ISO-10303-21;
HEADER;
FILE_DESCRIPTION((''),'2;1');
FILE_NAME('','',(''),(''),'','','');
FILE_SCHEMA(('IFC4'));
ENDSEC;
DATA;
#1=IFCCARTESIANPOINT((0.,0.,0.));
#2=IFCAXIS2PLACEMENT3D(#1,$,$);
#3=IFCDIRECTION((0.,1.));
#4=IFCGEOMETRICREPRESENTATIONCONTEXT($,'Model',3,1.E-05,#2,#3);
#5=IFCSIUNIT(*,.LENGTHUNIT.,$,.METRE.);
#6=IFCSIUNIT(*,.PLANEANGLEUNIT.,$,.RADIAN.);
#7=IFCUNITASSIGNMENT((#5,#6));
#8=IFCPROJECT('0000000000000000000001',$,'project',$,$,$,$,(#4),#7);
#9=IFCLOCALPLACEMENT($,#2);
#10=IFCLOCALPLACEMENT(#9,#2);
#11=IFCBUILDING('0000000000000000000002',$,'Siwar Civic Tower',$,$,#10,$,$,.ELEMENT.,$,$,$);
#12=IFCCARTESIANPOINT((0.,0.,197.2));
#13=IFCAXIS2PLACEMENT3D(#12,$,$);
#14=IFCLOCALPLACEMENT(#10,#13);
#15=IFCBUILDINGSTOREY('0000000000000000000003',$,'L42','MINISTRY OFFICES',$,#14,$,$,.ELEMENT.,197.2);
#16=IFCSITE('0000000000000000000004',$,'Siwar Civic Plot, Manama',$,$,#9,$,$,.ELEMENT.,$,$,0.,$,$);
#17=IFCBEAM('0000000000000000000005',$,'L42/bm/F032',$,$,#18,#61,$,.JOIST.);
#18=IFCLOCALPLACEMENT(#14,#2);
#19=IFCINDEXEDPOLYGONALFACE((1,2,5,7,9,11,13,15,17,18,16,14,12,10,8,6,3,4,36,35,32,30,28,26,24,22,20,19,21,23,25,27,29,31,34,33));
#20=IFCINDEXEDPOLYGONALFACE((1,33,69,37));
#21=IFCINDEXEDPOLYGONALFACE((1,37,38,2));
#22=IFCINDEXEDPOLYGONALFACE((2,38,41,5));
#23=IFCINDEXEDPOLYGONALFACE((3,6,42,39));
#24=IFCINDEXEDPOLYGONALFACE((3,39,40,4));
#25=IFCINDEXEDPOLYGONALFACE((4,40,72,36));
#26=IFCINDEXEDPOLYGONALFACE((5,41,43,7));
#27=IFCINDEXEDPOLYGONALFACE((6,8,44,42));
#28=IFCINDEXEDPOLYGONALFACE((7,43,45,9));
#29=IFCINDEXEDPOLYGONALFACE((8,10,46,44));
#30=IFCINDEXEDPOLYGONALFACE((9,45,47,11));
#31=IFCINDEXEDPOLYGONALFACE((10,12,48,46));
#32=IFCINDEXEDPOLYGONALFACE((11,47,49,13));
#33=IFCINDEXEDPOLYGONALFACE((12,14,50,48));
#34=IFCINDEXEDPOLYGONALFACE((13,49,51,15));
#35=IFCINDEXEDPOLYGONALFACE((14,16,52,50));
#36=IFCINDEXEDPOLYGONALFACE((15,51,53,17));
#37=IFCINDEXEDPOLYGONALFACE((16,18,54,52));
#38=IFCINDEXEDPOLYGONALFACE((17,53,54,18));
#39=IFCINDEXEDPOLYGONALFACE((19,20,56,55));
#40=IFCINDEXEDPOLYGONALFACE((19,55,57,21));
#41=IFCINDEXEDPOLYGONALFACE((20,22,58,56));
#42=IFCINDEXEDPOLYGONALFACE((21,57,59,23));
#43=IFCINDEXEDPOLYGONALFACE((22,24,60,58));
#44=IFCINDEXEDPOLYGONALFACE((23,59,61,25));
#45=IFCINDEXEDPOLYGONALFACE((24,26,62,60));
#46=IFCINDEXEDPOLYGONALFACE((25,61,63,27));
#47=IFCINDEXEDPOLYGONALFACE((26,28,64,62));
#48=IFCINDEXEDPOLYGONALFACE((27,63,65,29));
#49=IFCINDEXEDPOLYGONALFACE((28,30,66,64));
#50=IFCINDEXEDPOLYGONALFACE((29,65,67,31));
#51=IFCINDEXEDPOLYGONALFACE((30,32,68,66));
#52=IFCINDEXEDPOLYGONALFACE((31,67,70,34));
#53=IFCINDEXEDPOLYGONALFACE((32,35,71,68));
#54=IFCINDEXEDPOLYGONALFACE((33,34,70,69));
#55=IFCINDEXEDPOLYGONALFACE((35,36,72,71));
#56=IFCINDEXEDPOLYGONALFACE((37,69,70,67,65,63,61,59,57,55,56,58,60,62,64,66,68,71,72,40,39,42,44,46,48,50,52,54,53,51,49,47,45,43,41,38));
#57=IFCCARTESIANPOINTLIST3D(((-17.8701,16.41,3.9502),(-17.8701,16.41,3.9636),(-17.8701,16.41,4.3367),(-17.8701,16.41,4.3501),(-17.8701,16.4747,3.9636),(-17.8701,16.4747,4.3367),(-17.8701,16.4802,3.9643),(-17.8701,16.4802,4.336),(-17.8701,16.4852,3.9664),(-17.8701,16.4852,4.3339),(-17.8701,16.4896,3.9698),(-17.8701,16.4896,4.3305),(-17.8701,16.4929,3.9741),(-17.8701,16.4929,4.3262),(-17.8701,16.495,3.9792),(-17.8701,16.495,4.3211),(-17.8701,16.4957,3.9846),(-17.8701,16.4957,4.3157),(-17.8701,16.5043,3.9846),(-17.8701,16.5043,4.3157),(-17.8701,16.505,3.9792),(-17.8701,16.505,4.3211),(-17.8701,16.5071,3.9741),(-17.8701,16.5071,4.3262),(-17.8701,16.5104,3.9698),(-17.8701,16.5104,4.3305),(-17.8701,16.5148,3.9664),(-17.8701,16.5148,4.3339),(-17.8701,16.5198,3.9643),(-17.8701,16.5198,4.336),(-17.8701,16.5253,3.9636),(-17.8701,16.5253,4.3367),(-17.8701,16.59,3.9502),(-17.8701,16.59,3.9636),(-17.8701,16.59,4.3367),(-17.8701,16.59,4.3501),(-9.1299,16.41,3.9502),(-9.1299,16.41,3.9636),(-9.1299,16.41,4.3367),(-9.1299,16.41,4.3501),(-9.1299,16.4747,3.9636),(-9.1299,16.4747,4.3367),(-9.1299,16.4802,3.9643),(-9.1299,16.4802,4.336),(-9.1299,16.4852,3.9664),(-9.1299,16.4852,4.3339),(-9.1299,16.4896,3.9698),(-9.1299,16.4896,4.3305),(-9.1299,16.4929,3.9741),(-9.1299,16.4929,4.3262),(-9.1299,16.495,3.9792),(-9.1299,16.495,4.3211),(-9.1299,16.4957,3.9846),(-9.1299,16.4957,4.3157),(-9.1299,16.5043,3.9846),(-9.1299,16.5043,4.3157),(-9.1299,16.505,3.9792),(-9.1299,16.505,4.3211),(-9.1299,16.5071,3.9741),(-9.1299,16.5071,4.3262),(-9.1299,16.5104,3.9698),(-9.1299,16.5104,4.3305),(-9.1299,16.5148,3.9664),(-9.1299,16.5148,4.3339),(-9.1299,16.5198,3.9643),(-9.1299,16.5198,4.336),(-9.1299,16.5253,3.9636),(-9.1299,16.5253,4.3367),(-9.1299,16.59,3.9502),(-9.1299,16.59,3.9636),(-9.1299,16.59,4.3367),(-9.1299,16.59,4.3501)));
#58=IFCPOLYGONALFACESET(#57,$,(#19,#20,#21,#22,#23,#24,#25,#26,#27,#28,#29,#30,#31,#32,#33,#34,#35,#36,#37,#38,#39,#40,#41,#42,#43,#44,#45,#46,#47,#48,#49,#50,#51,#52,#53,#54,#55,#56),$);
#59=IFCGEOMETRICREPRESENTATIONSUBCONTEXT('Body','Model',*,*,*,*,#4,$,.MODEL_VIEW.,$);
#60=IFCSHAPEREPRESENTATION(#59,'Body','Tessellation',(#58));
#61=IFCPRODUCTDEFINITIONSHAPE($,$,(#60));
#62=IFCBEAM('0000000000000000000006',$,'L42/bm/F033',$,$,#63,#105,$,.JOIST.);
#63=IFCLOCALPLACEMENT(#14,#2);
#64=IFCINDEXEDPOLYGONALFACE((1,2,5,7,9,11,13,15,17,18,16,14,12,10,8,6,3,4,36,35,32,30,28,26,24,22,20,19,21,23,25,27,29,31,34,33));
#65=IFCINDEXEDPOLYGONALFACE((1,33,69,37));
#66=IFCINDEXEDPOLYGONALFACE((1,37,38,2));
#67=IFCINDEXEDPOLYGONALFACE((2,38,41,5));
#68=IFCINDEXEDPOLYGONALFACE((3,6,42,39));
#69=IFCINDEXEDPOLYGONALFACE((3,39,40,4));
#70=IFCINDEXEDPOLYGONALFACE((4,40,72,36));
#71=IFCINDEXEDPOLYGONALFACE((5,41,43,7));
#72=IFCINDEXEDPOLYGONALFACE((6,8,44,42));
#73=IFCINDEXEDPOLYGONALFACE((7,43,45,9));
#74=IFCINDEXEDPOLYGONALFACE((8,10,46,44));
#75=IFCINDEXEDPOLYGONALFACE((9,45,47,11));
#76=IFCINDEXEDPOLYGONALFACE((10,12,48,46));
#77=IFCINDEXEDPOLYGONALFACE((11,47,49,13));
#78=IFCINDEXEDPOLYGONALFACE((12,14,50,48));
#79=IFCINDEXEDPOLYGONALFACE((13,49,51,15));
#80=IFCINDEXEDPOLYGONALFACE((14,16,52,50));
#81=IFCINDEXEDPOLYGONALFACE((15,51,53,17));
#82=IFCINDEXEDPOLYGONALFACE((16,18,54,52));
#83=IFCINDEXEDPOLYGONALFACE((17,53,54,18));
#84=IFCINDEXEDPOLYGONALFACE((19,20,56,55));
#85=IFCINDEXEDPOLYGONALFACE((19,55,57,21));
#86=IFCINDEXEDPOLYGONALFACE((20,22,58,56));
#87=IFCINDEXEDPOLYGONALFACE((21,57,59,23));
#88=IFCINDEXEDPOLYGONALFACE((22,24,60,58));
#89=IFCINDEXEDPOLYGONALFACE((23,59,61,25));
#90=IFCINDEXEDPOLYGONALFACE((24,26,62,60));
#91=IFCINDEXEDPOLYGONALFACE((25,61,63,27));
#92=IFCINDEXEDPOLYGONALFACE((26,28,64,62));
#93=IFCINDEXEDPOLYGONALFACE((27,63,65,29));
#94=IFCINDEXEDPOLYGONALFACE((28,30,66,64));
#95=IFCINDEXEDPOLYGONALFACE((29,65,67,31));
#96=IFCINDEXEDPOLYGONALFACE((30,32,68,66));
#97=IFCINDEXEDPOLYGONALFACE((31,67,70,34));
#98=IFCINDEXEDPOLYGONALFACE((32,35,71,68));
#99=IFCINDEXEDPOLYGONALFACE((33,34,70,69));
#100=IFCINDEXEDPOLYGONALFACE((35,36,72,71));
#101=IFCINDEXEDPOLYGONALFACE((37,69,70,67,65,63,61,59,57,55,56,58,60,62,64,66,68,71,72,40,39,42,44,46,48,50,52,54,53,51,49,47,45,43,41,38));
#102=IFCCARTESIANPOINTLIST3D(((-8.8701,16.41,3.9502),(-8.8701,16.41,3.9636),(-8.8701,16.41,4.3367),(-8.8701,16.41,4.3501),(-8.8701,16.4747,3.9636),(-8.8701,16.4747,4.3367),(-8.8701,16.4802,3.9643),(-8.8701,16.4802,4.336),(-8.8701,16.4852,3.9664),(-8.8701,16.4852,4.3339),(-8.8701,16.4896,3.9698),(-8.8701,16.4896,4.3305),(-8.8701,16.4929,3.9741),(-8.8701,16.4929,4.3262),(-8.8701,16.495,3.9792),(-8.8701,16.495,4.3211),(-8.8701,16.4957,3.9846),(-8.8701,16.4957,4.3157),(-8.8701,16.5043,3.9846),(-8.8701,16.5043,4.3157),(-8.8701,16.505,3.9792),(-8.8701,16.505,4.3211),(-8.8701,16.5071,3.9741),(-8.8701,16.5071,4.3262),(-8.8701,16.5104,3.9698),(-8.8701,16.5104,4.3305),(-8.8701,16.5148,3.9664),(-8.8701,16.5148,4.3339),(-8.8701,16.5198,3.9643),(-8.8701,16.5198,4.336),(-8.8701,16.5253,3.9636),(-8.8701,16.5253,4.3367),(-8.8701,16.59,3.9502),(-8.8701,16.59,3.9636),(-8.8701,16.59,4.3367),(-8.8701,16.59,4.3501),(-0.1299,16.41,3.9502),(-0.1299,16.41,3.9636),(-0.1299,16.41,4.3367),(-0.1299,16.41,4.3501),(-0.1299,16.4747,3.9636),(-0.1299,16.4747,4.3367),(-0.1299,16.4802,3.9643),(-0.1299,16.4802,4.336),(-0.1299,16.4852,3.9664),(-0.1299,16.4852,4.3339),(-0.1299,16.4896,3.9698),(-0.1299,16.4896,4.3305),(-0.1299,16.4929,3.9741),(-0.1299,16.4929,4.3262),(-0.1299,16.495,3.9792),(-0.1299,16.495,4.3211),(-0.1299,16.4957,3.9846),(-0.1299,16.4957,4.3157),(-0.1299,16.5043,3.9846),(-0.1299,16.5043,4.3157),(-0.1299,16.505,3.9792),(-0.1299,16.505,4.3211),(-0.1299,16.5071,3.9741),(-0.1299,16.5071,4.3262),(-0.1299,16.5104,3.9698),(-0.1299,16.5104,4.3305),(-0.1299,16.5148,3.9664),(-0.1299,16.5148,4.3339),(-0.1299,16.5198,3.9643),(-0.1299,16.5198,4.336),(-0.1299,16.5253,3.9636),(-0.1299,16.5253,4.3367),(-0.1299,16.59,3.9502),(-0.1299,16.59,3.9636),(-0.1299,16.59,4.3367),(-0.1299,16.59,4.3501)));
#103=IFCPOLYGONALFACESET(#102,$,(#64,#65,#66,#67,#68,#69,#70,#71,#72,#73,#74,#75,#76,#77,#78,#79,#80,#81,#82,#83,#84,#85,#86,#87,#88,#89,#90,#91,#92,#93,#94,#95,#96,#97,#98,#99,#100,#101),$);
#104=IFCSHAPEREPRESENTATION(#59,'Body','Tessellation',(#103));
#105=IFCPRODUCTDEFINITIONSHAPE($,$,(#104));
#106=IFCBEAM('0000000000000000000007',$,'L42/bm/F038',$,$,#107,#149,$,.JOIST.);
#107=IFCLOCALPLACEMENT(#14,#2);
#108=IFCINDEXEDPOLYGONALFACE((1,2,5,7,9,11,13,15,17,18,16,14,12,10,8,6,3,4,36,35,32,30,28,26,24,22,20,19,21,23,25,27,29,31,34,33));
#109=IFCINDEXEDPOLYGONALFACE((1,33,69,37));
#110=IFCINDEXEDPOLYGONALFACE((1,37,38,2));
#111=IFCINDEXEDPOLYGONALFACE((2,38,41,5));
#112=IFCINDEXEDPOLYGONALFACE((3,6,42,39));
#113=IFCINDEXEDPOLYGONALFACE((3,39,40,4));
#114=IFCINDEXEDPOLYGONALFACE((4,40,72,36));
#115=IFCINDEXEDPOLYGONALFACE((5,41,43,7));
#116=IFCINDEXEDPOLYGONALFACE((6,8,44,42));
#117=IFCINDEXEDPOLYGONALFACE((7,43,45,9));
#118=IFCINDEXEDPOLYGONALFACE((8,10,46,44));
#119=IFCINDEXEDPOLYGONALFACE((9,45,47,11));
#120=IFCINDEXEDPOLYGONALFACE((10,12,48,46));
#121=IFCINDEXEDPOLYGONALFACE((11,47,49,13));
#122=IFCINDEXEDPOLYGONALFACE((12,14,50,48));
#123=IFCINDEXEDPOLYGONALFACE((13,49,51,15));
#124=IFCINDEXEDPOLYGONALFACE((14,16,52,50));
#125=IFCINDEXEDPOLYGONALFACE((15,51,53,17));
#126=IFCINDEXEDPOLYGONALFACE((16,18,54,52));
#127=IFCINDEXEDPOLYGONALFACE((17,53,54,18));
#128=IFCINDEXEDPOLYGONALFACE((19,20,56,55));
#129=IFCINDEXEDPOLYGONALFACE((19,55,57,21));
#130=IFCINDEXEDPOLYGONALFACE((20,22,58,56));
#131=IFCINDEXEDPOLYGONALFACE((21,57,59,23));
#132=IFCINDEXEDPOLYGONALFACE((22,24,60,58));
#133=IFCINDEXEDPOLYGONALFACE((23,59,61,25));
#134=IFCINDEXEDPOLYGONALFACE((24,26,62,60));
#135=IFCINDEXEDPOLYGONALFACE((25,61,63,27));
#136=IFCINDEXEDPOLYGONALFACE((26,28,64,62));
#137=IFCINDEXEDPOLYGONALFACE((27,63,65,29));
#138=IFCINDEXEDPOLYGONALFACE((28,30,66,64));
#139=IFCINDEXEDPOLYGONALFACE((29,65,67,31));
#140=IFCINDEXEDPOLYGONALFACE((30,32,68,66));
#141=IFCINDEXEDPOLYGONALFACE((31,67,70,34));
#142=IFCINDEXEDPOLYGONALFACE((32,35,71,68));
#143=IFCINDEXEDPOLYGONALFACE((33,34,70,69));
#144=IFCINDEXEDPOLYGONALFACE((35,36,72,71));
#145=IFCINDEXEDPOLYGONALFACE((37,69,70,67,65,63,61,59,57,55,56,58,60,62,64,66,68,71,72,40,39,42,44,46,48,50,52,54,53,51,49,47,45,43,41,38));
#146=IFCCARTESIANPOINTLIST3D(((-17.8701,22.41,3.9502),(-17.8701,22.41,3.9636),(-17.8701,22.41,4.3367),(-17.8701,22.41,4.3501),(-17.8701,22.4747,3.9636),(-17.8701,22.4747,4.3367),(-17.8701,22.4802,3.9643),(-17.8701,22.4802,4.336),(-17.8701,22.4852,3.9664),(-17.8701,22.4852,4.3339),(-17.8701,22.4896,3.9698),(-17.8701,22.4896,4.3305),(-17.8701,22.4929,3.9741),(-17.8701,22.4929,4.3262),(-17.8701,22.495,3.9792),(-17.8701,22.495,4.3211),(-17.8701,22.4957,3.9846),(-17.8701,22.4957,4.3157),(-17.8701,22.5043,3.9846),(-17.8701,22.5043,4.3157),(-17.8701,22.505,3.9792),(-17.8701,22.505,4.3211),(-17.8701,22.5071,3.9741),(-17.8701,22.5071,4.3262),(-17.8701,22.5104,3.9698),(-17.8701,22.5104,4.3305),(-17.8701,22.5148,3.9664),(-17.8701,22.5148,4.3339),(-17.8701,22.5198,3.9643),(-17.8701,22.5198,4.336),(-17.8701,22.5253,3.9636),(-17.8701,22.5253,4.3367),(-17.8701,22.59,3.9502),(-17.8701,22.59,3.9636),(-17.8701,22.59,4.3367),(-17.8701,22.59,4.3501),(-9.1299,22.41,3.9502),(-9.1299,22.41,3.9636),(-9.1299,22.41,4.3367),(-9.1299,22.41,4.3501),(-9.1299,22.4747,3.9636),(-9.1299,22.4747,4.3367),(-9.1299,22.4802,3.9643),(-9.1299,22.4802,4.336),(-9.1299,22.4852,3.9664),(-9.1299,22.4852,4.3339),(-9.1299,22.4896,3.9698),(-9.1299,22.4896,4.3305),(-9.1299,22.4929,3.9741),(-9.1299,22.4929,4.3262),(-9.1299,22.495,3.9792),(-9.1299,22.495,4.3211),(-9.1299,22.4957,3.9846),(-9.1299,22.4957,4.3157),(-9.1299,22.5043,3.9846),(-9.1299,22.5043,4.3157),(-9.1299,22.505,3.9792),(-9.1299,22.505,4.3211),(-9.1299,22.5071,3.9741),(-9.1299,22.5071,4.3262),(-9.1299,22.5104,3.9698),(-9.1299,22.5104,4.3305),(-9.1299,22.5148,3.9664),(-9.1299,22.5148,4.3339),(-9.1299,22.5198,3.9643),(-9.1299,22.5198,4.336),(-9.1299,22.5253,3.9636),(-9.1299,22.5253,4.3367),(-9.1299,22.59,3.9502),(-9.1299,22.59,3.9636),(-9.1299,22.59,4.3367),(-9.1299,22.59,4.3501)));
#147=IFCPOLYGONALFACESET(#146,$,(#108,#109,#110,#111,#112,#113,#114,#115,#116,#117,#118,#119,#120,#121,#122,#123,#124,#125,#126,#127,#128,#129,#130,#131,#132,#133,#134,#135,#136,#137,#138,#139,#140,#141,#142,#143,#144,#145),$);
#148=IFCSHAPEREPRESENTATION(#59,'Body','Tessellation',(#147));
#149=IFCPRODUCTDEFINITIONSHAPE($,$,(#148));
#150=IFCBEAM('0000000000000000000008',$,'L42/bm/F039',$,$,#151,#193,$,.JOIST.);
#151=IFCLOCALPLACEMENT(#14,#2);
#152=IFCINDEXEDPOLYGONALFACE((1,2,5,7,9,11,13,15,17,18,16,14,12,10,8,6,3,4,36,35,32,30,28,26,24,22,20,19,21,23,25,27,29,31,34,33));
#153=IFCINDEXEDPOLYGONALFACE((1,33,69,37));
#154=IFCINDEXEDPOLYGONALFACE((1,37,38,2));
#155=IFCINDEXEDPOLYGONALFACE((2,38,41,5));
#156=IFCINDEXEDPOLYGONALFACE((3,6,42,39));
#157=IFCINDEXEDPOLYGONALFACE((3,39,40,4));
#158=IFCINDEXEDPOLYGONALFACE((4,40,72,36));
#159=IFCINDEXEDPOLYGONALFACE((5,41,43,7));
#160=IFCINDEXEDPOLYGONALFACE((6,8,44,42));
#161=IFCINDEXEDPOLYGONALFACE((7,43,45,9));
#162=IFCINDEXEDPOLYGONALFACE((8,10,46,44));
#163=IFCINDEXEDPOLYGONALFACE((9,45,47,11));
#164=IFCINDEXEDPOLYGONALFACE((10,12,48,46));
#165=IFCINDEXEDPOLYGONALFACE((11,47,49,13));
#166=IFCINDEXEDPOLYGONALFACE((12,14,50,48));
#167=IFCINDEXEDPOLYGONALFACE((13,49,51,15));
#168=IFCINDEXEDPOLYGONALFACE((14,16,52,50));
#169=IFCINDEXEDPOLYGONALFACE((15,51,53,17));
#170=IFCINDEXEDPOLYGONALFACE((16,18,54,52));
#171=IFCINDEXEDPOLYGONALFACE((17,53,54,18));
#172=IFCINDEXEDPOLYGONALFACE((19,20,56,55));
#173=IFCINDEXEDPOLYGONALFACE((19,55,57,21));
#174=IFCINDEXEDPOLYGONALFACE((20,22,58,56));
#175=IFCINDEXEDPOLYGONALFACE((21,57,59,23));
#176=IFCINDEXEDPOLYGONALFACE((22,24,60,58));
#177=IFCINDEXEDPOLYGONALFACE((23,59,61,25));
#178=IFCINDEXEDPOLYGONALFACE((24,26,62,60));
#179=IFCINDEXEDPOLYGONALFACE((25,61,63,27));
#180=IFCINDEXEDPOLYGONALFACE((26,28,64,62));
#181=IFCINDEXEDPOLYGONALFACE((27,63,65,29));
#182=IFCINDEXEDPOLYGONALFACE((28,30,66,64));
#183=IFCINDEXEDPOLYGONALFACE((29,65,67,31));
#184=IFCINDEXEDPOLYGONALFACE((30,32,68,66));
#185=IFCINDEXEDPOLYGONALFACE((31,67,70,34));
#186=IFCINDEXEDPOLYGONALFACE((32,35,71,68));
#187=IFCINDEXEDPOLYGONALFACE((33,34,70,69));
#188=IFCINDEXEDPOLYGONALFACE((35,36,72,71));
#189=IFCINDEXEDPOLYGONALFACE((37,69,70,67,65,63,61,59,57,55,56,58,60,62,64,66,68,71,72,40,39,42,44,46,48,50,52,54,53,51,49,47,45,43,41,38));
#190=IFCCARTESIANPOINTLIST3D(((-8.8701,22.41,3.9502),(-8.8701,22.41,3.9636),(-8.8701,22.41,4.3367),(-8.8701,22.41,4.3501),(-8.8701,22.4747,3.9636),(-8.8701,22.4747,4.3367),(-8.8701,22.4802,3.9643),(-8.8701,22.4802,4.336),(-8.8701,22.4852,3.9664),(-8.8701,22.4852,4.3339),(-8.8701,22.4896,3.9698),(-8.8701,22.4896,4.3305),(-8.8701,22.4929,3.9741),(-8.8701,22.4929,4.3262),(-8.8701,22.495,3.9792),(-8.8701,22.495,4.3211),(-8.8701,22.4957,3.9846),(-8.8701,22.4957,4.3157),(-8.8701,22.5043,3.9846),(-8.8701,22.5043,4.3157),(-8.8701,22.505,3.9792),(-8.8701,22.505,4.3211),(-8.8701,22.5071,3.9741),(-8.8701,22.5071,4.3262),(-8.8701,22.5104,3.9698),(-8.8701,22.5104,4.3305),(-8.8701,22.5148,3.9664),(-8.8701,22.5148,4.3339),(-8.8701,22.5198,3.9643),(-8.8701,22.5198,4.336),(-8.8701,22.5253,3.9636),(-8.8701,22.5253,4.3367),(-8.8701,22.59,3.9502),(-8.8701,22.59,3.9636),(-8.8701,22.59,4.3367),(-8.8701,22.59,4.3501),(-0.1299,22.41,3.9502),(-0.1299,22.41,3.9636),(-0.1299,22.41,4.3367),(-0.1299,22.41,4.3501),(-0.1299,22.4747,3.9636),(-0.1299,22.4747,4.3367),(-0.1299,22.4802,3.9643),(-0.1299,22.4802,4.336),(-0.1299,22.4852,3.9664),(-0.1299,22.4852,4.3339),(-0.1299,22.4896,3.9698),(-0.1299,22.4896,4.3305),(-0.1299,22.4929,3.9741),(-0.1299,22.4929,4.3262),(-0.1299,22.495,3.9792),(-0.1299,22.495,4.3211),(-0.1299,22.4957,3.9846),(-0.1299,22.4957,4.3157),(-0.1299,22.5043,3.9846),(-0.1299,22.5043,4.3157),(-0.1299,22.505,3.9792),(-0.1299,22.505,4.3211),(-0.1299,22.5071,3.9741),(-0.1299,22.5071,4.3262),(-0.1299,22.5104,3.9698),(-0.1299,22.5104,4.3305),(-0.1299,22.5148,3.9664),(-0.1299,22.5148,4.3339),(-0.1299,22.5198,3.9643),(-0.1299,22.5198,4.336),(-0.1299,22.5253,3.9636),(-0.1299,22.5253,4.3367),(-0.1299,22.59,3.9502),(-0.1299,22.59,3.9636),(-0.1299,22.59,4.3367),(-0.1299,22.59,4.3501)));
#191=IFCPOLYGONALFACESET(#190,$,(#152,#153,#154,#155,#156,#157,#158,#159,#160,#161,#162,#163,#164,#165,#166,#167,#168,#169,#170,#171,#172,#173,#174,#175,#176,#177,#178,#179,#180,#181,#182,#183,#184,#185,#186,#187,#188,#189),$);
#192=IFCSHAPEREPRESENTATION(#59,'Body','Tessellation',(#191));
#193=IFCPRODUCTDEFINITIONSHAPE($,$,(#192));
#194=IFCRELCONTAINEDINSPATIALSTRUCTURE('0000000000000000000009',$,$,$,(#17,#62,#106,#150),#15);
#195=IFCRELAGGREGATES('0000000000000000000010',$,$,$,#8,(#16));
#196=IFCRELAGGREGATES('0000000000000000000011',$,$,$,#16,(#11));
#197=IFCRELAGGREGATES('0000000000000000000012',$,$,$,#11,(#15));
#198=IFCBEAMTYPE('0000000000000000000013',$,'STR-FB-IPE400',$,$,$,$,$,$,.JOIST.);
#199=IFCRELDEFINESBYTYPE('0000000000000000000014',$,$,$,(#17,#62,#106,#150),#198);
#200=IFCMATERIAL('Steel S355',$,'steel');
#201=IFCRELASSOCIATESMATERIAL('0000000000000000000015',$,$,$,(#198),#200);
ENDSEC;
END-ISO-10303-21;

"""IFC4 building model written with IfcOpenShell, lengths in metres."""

from ifc_helpers import new_model, si_unit, direction, frame, origin, origin_2d, place, context, subcontext, project, spatial, i_section, extrude, material, material_profile, profile_set, type_object, element, save


model = new_model("IFC4")

# Units and contexts
model_context = context("Model", 3, precision=1e-05, world=origin(), true_north=direction((0.0, 1.0)))
body_context = subcontext(model_context, "Body", "Model", "MODEL_VIEW")
ifc_project = project(units=[si_unit("LENGTHUNIT", "METRE"), si_unit("PLANEANGLEUNIT", "RADIAN")], contexts=[model_context])

# Site, building, storey
site_placement = place(None, origin())
site = spatial("IfcSite", under=ifc_project, at=site_placement, Name="Siwar Civic Plot, Manama", CompositionType="ELEMENT", RefElevation=0.0)
building_placement = place(site_placement, origin())
building = spatial("IfcBuilding", under=site, at=building_placement, Name="Siwar Civic Tower", CompositionType="ELEMENT")
storey_placement = place(building_placement, frame((0.0, 0.0, 197.2)))
storey = spatial("IfcBuildingStorey", under=building, at=storey_placement, Name="L42", Description="MINISTRY OFFICES", CompositionType="ELEMENT", Elevation=197.2)

# Beams
ifc_material_1 = material(Name="Steel S355", Category="steel")
ifc_material_profile_1 = material_profile(ifc_material_1, i_section(OverallWidth=0.1799, OverallDepth=0.3999, WebThickness=0.0085, FlangeThickness=0.0134, FilletRadius=0.021, at=origin_2d()), Name="IPE400")
ifc_profile_set_1 = profile_set([ifc_material_profile_1], Name="Steel S355")
beam_type_1 = type_object("IfcBeamType", Name="STR-FB-IPE400", PredefinedType="JOIST", material=ifc_profile_set_1)
for number, where, z_axis, x_axis, name in (
    (1, (-17.8701, 16.5, 4.1501), (1.0, 0.0, 0.0), (0.0, 1.0, 0.0), "L42/bm/F032"),
    (2, (-8.8701, 16.5, 4.1501), (1.0, 0.0, 0.0), (0.0, 1.0, 0.0), "L42/bm/F033"),
    (3, (-17.8701, 22.5, 4.1501), (1.0, 0.0, 0.0), (0.0, 1.0, 0.0), "L42/bm/F038"),
    (4, (-8.8701, 22.5, 4.1501), (1.0, 0.0, 0.0), (0.0, 1.0, 0.0), "L42/bm/F039"),
):
    element("IfcBeam", number, at=place(storey_placement, frame(where, z_axis=z_axis, x_axis=x_axis)), inside=storey, type_object=beam_type_1, Name=name, PredefinedType="JOIST", context=body_context, shape_type="SweptSolid", body=[
        extrude(i_section(OverallWidth=0.1799, OverallDepth=0.3999, WebThickness=0.0085, FlangeThickness=0.0134, FilletRadius=0.021, at=origin_2d()), origin(), (0.0, 0.0, 1.0), 8.7402),
    ])

save(model, "model.ifc")
